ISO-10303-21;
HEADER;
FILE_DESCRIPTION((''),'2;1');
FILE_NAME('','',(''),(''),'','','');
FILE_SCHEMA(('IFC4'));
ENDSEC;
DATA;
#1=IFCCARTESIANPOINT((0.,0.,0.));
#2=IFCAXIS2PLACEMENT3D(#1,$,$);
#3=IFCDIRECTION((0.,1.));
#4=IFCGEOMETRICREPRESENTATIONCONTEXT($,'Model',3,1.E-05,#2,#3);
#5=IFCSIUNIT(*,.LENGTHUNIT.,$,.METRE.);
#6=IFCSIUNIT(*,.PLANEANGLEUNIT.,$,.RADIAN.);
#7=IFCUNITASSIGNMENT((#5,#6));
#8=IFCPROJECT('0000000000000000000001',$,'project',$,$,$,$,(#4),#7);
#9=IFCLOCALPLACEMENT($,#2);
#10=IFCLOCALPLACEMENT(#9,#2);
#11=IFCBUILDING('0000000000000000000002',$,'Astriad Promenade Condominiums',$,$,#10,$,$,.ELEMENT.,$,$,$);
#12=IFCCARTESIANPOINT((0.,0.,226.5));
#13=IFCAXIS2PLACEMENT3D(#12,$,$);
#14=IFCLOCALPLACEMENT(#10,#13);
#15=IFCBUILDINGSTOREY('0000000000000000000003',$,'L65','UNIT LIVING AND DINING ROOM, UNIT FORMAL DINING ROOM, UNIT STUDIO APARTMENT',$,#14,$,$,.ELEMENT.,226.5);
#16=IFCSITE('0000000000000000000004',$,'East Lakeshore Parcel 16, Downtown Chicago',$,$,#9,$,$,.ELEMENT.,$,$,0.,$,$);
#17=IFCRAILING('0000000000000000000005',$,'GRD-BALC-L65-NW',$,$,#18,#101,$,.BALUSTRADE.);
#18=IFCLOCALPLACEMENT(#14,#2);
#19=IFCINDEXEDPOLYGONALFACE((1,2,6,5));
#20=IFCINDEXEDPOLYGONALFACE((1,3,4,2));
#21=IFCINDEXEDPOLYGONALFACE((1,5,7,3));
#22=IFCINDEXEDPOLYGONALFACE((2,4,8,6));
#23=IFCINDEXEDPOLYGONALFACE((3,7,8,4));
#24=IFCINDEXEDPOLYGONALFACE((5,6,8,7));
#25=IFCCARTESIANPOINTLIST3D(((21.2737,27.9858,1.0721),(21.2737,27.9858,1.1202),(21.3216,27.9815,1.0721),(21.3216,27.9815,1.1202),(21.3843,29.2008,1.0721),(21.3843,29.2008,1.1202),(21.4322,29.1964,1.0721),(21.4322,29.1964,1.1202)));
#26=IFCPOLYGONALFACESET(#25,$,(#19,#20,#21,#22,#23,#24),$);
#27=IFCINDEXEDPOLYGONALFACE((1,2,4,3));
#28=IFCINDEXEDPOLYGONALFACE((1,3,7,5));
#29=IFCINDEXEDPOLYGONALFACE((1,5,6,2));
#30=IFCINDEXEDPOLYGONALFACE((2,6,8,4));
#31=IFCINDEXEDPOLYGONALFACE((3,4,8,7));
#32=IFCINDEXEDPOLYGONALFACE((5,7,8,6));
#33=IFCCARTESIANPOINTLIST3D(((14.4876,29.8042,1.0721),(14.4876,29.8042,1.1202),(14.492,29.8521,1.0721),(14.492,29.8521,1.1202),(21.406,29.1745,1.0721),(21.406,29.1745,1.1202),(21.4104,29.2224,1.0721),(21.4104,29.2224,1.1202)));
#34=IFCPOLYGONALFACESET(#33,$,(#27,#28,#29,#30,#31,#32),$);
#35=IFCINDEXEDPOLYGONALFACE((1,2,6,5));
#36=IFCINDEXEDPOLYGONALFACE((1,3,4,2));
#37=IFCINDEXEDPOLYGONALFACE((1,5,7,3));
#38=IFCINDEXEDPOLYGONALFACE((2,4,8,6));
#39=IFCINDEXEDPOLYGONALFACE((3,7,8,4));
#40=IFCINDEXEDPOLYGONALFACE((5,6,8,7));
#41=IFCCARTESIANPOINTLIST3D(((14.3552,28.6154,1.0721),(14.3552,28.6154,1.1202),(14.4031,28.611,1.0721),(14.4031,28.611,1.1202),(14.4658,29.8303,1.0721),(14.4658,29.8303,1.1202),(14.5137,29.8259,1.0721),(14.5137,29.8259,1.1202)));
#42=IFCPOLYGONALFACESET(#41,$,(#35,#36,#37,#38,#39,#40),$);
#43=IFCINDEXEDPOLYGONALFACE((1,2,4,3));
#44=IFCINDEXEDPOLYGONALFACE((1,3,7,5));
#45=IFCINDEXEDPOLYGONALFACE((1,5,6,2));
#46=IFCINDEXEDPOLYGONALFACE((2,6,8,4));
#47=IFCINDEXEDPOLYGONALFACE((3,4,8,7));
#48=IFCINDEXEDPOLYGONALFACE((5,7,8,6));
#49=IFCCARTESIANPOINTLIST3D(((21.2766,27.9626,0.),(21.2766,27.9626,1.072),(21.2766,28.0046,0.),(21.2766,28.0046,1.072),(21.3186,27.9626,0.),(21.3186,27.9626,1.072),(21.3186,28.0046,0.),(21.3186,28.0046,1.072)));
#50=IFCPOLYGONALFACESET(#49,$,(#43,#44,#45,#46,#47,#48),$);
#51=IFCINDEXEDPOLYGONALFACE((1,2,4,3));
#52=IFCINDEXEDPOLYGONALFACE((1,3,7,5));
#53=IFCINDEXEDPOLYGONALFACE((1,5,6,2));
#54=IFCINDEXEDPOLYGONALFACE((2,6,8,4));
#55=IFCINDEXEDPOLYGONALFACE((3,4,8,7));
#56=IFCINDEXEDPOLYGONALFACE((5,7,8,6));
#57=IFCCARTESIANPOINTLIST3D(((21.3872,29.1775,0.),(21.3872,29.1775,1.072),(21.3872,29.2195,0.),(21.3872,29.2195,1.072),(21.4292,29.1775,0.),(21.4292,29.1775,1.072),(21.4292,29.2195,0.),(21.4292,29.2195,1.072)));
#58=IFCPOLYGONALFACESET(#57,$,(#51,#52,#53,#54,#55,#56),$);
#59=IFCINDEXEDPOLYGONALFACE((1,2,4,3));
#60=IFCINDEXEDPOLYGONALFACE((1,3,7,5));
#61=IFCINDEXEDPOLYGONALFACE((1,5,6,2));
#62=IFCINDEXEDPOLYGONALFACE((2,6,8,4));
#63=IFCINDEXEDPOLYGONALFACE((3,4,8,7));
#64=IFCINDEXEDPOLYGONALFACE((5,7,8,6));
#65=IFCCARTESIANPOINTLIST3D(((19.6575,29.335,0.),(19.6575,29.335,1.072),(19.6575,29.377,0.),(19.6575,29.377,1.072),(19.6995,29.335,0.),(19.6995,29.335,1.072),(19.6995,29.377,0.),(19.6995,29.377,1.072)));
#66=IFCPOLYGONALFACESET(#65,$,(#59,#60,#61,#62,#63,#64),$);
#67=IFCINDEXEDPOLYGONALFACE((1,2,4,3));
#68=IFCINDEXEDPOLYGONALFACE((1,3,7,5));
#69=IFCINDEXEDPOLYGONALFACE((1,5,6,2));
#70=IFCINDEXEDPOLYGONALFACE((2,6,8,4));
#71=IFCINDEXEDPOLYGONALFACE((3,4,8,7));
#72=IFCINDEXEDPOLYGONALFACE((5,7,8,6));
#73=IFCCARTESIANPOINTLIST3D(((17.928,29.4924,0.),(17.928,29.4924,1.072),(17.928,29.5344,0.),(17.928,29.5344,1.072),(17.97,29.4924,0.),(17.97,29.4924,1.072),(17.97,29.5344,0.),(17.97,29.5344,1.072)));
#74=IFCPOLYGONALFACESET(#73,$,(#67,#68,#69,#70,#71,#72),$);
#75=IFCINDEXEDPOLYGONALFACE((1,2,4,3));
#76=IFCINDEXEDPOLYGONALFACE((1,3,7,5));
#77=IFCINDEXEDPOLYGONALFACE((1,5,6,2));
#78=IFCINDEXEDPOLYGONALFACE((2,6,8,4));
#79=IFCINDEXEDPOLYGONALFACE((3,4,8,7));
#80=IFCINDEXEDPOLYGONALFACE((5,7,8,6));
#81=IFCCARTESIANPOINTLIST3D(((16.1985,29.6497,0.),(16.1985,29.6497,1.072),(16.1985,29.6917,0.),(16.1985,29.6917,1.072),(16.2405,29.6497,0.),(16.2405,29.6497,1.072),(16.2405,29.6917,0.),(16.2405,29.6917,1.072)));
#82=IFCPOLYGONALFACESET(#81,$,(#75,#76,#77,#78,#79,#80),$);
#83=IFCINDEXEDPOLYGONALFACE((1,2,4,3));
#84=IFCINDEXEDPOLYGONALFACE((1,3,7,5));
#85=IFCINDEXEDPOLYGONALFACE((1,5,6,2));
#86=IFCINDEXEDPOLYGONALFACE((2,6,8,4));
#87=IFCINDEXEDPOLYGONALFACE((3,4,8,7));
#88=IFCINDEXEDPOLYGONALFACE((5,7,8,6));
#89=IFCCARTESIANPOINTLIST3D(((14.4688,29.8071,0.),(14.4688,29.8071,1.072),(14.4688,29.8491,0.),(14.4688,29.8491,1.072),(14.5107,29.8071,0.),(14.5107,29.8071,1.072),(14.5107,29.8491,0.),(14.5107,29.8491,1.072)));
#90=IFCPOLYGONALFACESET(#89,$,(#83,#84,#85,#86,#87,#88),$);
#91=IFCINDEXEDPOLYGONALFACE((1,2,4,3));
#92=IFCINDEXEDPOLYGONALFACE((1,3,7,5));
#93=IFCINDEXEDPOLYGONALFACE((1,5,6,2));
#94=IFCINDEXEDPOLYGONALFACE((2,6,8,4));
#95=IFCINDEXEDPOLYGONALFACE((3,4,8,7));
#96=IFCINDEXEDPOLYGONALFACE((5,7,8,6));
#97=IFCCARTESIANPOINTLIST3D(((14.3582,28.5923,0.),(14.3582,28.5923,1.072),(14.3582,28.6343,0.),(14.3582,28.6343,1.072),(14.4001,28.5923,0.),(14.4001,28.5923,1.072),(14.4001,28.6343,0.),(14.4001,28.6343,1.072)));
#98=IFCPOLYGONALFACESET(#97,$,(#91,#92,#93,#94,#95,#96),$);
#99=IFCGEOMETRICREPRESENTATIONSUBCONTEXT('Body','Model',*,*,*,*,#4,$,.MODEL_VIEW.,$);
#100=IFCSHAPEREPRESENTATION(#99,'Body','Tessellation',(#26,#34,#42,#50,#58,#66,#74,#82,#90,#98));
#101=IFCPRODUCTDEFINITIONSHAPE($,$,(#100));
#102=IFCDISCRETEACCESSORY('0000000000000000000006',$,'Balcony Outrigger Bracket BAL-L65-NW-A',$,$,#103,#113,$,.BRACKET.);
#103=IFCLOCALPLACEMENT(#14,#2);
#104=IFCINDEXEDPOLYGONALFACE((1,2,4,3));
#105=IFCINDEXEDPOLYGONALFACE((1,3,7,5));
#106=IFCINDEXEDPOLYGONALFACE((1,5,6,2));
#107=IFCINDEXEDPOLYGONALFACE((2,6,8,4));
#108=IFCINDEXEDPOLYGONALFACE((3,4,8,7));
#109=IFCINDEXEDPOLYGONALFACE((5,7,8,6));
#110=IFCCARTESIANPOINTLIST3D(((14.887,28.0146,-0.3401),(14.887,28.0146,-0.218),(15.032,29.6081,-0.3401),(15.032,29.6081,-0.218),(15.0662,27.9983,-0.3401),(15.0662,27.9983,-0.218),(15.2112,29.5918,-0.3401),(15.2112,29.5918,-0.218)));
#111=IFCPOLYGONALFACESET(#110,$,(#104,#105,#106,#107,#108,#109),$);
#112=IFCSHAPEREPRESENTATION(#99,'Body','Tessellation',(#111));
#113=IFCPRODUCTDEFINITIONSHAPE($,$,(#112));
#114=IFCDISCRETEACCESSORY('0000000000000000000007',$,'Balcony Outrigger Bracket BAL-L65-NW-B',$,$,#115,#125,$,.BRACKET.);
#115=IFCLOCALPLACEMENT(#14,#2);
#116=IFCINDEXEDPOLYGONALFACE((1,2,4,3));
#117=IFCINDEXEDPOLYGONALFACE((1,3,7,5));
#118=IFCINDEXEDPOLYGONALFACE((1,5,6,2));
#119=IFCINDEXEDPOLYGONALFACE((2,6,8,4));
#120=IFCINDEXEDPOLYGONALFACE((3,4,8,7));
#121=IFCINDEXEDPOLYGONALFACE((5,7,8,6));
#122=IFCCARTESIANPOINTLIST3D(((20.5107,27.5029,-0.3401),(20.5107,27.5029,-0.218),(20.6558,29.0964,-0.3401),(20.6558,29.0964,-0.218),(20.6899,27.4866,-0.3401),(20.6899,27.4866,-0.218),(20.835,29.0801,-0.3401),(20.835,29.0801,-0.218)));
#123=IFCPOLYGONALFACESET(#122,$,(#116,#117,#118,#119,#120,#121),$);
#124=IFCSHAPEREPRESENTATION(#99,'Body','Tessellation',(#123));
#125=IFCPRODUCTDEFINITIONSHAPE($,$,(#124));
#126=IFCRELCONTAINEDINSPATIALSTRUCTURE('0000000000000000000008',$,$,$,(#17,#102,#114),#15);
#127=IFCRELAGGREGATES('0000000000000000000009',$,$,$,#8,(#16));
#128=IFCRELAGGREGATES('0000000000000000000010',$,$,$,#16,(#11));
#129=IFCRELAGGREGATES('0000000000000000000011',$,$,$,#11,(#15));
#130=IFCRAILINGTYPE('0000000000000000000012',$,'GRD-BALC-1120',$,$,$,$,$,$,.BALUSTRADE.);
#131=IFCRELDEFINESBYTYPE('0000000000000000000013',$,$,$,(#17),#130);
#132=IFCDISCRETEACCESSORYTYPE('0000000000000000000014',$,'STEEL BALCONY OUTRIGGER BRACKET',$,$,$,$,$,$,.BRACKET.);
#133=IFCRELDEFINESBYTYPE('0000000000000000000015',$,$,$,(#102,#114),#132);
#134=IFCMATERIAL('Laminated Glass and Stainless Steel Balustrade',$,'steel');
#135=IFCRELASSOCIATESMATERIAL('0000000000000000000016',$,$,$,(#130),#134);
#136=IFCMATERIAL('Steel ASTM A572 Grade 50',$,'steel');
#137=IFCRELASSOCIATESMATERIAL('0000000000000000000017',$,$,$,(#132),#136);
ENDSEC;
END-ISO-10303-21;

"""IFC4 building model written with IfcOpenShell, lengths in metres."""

from ifc_helpers import new_model, si_unit, direction, frame, origin, origin_2d, place, context, subcontext, project, spatial, rectangle, extrude, source, transform, mapped, material, type_object, type_shapes, element, save


model = new_model("IFC4")

# Units and contexts
model_context = context("Model", 3, precision=1e-05, world=origin(), true_north=direction((0.0, 1.0)))
body_context = subcontext(model_context, "Body", "Model", "MODEL_VIEW")
ifc_project = project(units=[si_unit("LENGTHUNIT", "METRE"), si_unit("PLANEANGLEUNIT", "RADIAN")], contexts=[model_context])

# Site, building, storey
site_placement = place(None, origin())
site = spatial("IfcSite", under=ifc_project, at=site_placement, Name="East Lakeshore Parcel 16, Downtown Chicago", CompositionType="ELEMENT", RefElevation=0.0)
building_placement = place(site_placement, origin())
building = spatial("IfcBuilding", under=site, at=building_placement, Name="Astriad Promenade Condominiums", CompositionType="ELEMENT")
storey_placement = place(building_placement, frame((0.0, 0.0, 226.5)))
storey = spatial("IfcBuildingStorey", under=building, at=storey_placement, Name="L65", Description="UNIT LIVING AND DINING ROOM, UNIT FORMAL DINING ROOM, UNIT STUDIO APARTMENT", CompositionType="ELEMENT", Elevation=226.5)

# Railing
ifc_material_1 = material(Name="Laminated Glass and Stainless Steel Balustrade", Category="steel")
railing_type = type_object("IfcRailingType", Name="GRD-BALC-1120", PredefinedType="BALUSTRADE", material=ifc_material_1)
shared_shape_1 = source(origin(), body_context, "Body", "SweptSolid", [
    extrude(rectangle(XDim=0.0481, YDim=0.0481, at=origin_2d()), frame((0.0, 0.0, 1.0962), z_axis=(0.090662, 0.995882, 0.0), x_axis=(-0.995882, 0.090662, 0.0)), (0.0, 0.0, 1.0), 1.22),
    extrude(rectangle(XDim=0.0481, YDim=0.0481, at=origin_2d()), frame((0.1106, 1.2148, 1.0962), z_axis=(-0.995884, 0.090634, 0.0), x_axis=(-0.090634, -0.995884, 0.0)), (0.0, 0.0, 1.0), 6.947),
    extrude(rectangle(XDim=0.0481, YDim=0.0481, at=origin_2d()), frame((-6.8079, 1.8445, 1.0962), z_axis=(-0.090662, -0.995882, 0.0), x_axis=(0.995882, -0.090662, 0.0)), (0.0, 0.0, 1.0), 1.22),
    extrude(rectangle(XDim=0.042, YDim=0.042, at=origin_2d()), origin(), (0.0, 0.0, 1.0), 1.072),
    extrude(rectangle(XDim=0.042, YDim=0.042, at=origin_2d()), frame((0.1106, 1.2148, 0.0)), (0.0, 0.0, 1.0), 1.072),
    extrude(rectangle(XDim=0.042, YDim=0.042, at=origin_2d()), frame((-1.6191, 1.3723, 0.0)), (0.0, 0.0, 1.0), 1.072),
    extrude(rectangle(XDim=0.042, YDim=0.042, at=origin_2d()), frame((-3.3486, 1.5298, 0.0)), (0.0, 0.0, 1.0), 1.072),
    extrude(rectangle(XDim=0.042, YDim=0.042, at=origin_2d()), frame((-5.0781, 1.687, 0.0)), (0.0, 0.0, 1.0), 1.072),
    extrude(rectangle(XDim=0.042, YDim=0.042, at=origin_2d()), frame((-6.8079, 1.8445, 0.0)), (0.0, 0.0, 1.0), 1.072),
    extrude(rectangle(XDim=0.042, YDim=0.042, at=origin_2d()), frame((-6.9185, 0.6296, 0.0)), (0.0, 0.0, 1.0), 1.072),
])
type_shapes(railing_type, [shared_shape_1])
railing_placement = place(storey_placement, frame((21.2976, 27.9836, 0.0)))
element("IfcRailing", 1, at=railing_placement, inside=storey, type_object=railing_type, Name="GRD-BALC-L65-NW", PredefinedType="BALUSTRADE", context=body_context, shape_type="MappedRepresentation", body=[
    mapped(shared_shape_1, transform((0.0, 0.0, 0.0), scale=1.0)),
])

# Discrete accessories
ifc_material_2 = material(Name="Steel ASTM A572 Grade 50", Category="steel")
discrete_accessory_type = type_object("IfcDiscreteAccessoryType", Name="STEEL BALCONY OUTRIGGER BRACKET", PredefinedType="BRACKET", material=ifc_material_2)
shared_shape_2 = source(origin(), body_context, "Body", "SweptSolid", [
    extrude(rectangle(XDim=1.6001, YDim=0.1799, at=origin_2d()), origin(), (0.0, 0.0, 1.0), 0.1221),
])
type_shapes(discrete_accessory_type, [shared_shape_2])
for number, where, z_axis, x_axis, name in (
    (2, (15.0491, 28.8032, -0.3401), (0.0, 0.0, 1.0), (0.090633, 0.995884, 0.0), "Balcony Outrigger Bracket BAL-L65-NW-A"),
    (3, (20.6729, 28.2915, -0.3401), (0.0, 0.0, 1.0), (0.090633, 0.995884, 0.0), "Balcony Outrigger Bracket BAL-L65-NW-B"),
):
    element("IfcDiscreteAccessory", number, at=place(storey_placement, frame(where, z_axis=z_axis, x_axis=x_axis)), inside=storey, type_object=discrete_accessory_type, Name=name, PredefinedType="BRACKET", context=body_context, shape_type="MappedRepresentation", body=[
        mapped(shared_shape_2, transform((0.0, 0.0, 0.0), scale=1.0)),
    ])

save(model, "model.ifc")
